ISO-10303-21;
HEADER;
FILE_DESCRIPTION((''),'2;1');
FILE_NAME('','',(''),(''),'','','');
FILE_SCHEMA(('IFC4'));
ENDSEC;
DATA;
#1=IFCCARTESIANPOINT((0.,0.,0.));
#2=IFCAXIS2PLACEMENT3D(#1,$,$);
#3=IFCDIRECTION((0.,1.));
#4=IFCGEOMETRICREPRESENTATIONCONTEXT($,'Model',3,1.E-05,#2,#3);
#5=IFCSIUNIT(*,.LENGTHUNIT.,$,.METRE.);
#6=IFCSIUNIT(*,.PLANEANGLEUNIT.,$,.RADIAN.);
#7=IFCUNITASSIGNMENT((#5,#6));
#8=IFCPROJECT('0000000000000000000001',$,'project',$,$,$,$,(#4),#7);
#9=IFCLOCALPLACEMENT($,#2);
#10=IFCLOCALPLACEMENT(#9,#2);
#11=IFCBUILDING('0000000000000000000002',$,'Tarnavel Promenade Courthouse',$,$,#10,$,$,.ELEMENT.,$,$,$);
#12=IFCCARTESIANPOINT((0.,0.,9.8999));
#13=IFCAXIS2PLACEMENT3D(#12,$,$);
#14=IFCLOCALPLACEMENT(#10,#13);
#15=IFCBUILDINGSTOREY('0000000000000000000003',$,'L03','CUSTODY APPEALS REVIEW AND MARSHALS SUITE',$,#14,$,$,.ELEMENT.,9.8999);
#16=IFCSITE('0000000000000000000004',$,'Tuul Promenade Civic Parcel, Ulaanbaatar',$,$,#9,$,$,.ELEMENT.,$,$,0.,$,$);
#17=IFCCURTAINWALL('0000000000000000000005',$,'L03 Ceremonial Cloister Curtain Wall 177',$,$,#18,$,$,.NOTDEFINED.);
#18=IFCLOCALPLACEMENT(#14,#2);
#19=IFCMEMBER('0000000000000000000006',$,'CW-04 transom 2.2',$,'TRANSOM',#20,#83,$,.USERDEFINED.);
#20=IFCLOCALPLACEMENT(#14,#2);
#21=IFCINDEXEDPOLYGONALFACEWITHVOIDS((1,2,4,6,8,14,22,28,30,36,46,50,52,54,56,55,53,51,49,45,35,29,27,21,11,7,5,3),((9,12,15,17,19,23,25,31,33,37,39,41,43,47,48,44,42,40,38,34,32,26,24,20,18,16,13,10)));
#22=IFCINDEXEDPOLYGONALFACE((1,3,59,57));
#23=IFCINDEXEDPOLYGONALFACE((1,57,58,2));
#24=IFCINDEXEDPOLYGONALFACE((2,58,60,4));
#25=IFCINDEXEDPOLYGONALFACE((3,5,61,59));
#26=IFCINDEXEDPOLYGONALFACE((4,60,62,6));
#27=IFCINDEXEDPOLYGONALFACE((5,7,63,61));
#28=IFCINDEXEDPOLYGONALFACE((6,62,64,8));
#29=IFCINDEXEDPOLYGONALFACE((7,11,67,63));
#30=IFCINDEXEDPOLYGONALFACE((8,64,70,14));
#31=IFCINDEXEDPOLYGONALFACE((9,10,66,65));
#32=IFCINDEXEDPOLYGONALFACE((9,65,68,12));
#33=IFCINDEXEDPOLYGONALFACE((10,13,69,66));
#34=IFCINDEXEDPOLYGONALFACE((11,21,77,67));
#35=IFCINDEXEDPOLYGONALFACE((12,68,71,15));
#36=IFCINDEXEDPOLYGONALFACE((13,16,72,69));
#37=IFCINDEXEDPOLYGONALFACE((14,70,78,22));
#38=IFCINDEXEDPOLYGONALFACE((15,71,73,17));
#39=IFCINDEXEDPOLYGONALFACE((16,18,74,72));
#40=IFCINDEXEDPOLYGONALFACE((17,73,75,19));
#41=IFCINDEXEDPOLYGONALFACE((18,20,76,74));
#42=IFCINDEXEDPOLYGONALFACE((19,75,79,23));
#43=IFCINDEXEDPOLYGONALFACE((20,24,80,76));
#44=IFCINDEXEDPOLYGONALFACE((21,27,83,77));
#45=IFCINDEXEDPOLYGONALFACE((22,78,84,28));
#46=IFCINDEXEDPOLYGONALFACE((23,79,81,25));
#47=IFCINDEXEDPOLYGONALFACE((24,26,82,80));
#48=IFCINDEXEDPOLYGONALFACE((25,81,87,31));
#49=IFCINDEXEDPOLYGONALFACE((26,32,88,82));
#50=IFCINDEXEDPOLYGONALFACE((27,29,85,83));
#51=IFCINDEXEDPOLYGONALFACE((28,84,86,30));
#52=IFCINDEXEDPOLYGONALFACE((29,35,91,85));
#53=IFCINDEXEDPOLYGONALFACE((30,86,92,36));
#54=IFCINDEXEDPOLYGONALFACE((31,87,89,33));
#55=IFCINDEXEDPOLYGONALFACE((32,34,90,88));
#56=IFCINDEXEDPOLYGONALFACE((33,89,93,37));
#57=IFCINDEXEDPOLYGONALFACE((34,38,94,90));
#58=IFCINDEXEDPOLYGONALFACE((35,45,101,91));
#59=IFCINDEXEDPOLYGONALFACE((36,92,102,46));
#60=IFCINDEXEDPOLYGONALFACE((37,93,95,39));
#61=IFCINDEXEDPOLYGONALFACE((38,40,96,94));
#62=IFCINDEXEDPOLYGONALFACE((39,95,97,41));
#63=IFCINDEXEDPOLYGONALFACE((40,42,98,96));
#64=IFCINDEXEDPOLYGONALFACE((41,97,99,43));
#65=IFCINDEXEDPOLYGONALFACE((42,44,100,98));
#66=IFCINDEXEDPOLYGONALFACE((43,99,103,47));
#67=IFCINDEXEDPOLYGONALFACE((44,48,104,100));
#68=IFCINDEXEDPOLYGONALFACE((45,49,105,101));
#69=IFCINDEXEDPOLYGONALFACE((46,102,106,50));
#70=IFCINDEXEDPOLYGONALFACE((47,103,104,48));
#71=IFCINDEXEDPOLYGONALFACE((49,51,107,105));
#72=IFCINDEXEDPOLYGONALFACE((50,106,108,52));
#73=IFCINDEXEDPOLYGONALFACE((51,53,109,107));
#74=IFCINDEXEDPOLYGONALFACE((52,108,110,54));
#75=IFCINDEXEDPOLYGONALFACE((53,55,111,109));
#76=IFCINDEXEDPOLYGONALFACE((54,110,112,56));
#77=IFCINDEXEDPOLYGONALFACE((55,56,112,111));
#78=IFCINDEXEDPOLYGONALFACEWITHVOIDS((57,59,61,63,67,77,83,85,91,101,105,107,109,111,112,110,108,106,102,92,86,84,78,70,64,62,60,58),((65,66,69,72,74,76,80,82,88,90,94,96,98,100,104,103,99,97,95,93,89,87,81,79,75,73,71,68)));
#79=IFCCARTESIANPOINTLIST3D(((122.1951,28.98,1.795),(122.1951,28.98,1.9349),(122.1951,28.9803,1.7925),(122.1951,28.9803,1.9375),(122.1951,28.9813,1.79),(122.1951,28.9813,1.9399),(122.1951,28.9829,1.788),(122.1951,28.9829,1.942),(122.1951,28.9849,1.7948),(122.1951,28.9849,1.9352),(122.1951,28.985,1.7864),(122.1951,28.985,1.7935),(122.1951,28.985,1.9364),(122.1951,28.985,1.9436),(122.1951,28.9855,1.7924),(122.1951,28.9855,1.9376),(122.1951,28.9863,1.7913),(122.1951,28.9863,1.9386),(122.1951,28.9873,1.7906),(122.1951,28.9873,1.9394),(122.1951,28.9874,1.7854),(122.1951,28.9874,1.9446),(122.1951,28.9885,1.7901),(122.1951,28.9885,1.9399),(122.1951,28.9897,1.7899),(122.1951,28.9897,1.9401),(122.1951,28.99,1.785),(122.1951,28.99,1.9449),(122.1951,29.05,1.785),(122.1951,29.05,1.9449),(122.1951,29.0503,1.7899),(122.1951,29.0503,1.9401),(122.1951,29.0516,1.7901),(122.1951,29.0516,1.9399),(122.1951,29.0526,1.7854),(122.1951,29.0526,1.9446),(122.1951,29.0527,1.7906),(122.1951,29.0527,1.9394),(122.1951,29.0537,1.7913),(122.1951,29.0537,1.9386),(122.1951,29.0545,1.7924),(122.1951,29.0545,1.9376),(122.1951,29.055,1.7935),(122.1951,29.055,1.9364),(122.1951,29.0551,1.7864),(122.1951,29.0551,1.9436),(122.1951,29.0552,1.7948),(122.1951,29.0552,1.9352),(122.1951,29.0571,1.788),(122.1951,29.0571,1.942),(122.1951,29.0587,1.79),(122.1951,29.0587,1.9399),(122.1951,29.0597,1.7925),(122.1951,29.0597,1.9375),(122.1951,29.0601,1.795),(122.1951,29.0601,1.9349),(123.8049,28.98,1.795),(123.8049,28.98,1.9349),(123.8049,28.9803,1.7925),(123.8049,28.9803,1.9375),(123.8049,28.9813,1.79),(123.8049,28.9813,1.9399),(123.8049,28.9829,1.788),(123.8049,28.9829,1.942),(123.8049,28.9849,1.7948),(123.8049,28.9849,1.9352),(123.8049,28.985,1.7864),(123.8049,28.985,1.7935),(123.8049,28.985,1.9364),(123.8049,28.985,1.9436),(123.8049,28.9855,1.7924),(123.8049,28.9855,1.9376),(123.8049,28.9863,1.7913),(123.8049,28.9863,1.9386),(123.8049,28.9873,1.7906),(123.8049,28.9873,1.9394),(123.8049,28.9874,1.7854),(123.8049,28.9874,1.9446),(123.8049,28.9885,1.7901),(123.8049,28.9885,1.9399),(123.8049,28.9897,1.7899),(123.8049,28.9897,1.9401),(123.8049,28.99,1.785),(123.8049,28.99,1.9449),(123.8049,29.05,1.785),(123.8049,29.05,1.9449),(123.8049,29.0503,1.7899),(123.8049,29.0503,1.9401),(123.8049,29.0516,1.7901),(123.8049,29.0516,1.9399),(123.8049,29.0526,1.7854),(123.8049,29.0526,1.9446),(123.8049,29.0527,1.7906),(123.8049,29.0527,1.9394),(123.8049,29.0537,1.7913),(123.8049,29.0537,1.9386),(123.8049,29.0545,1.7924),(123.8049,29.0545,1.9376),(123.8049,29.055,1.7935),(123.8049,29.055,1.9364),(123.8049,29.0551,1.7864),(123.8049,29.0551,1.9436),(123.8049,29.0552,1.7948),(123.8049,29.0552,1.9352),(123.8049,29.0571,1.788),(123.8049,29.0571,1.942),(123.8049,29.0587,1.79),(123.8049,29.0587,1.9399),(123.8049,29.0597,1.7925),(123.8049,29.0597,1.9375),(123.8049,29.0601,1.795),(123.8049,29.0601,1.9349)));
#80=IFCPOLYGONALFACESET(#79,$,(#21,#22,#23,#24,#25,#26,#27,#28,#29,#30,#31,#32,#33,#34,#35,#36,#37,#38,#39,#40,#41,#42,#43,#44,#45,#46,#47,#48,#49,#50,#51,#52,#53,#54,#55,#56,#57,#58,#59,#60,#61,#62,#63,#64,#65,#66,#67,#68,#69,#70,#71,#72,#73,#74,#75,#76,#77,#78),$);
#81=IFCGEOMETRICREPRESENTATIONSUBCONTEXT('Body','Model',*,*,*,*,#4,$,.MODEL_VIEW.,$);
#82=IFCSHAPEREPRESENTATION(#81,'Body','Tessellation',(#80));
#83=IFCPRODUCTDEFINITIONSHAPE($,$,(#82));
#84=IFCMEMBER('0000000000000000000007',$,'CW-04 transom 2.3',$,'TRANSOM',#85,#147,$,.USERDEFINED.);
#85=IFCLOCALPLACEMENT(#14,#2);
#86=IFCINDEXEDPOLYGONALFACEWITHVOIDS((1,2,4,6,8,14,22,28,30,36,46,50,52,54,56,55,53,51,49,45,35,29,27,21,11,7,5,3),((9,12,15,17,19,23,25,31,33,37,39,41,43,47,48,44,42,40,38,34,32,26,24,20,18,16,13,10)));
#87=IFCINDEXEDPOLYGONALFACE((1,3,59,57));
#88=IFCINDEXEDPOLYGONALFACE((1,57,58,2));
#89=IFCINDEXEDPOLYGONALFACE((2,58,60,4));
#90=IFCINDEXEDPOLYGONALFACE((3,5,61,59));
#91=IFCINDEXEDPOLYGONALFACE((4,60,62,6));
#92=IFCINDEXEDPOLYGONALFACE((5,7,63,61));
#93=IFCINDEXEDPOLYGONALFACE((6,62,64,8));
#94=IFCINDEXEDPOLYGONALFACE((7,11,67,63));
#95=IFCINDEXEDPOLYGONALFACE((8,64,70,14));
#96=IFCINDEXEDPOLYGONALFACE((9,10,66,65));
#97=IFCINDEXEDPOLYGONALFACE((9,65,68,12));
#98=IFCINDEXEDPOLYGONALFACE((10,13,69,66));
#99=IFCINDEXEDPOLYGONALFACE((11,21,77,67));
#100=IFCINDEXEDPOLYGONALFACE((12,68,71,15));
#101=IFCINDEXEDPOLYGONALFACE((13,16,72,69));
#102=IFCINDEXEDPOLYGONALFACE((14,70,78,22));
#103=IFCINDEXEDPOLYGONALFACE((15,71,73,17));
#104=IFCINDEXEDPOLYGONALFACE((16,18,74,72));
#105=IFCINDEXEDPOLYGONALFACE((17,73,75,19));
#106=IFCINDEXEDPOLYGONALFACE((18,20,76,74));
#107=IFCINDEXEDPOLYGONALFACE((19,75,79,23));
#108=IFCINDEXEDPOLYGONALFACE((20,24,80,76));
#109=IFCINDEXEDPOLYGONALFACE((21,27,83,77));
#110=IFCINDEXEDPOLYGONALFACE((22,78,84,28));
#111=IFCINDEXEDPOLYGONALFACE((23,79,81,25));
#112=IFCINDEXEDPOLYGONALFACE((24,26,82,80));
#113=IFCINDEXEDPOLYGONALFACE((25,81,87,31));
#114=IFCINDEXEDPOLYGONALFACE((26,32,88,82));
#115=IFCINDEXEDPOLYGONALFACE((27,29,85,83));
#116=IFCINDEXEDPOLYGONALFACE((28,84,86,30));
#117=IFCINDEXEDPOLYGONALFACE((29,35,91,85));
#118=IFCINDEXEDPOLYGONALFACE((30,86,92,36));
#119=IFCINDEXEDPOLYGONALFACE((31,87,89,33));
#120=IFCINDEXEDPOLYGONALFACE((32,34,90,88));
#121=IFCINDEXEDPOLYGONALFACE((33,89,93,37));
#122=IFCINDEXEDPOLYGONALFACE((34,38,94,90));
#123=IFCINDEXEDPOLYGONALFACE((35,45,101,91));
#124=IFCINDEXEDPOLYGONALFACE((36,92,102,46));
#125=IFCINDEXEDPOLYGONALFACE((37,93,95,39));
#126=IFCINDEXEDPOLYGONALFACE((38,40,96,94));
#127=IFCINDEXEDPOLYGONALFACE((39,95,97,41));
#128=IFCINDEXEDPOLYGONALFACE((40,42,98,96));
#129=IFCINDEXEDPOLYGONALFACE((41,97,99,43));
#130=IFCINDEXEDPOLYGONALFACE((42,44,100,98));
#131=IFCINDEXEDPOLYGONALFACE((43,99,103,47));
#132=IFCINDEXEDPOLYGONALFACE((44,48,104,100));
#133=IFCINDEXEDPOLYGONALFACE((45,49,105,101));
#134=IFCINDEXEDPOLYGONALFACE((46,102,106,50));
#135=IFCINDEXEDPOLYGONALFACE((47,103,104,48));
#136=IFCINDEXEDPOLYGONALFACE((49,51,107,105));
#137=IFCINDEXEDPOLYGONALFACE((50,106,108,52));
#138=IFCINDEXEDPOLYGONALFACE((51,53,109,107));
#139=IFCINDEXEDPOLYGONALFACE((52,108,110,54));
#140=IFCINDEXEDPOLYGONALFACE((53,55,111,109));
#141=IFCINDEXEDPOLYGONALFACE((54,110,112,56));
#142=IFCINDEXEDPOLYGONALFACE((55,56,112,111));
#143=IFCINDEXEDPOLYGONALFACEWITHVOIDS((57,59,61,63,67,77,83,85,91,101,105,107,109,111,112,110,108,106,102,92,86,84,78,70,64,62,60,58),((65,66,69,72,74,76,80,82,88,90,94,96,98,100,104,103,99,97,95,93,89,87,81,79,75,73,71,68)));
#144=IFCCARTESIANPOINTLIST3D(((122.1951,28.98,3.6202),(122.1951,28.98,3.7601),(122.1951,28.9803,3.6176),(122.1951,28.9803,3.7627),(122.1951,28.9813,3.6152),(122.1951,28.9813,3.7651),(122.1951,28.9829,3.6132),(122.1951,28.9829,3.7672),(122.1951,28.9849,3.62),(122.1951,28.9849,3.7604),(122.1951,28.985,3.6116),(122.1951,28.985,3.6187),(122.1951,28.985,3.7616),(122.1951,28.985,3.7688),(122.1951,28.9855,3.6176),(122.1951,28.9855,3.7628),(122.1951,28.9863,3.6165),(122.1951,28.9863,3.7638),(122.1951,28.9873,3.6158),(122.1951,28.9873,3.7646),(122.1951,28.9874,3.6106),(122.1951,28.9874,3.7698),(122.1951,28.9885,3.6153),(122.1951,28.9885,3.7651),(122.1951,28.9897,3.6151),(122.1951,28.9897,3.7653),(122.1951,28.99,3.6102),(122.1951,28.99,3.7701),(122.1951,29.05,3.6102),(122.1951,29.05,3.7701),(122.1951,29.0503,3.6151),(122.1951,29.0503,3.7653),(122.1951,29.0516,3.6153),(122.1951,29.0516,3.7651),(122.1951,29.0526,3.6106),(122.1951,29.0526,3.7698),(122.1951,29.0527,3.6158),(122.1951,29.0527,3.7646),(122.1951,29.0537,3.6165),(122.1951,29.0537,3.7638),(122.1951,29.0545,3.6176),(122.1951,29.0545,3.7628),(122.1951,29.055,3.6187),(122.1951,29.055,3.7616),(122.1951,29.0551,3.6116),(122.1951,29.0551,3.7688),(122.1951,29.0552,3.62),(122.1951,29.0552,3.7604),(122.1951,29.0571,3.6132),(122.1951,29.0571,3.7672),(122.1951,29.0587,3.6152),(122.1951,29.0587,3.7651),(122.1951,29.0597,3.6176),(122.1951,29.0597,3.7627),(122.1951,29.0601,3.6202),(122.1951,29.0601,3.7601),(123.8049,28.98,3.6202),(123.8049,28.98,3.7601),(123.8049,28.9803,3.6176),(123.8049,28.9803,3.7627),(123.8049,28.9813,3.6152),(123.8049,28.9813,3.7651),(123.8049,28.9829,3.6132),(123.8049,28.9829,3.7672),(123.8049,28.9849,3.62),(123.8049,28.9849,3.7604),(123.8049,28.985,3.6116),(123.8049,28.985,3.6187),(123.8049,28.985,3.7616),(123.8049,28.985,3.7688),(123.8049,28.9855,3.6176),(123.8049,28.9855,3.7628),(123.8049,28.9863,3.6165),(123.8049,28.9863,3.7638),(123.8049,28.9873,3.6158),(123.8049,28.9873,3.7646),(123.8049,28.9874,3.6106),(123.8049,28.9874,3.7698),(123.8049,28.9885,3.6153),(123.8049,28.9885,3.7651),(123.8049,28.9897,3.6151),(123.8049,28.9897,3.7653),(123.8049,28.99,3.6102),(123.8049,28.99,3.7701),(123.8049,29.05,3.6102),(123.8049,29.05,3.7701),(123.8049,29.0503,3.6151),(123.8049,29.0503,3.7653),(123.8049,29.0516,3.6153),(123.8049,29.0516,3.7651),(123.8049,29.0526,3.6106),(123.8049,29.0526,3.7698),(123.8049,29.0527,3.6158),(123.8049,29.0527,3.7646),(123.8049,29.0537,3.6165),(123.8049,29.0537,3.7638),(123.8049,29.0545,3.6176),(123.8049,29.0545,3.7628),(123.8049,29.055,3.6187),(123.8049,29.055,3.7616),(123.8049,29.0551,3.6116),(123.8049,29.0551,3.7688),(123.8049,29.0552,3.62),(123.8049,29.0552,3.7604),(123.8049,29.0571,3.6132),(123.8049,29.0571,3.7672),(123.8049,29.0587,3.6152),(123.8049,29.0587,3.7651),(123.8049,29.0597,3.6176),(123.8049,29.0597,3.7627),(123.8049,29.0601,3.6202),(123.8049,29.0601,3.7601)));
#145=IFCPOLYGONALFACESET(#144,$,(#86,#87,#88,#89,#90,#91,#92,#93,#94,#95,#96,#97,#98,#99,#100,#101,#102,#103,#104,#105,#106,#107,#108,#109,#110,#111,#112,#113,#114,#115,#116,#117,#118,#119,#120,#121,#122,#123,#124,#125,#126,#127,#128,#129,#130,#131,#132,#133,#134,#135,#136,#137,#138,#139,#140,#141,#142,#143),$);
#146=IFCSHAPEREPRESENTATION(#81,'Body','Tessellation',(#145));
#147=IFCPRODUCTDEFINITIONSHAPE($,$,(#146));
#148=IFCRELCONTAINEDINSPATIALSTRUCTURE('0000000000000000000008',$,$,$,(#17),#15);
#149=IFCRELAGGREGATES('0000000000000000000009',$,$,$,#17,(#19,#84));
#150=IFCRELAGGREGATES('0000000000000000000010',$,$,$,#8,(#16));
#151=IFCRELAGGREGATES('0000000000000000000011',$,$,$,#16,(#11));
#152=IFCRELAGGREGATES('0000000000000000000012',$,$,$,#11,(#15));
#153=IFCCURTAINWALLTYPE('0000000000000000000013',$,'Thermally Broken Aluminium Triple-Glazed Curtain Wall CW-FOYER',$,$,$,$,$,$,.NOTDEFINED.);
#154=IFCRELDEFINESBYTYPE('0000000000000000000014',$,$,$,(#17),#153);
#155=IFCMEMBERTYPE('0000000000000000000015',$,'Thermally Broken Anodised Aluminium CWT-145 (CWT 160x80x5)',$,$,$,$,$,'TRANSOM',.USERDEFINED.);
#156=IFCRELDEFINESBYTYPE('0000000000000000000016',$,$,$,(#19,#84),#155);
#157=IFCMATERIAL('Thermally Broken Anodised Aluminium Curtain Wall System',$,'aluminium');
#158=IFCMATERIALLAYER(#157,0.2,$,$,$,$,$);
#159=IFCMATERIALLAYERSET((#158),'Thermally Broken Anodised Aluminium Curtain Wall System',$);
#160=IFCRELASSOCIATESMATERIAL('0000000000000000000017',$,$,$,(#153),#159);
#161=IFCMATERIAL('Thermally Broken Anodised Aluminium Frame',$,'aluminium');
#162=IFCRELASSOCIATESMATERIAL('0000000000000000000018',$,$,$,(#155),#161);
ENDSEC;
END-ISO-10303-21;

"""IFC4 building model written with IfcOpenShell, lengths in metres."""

from ifc_helpers import new_model, si_unit, direction, frame, origin, origin_2d, place, context, subcontext, project, spatial, hollow_rectangle, extrude, material, layer, layer_set, material_profile, profile_set, type_object, element, aggregate, save


model = new_model("IFC4")

# Units and contexts
model_context = context("Model", 3, precision=1e-05, world=origin(), true_north=direction((0.0, 1.0)))
body_context = subcontext(model_context, "Body", "Model", "MODEL_VIEW")
ifc_project = project(units=[si_unit("LENGTHUNIT", "METRE"), si_unit("PLANEANGLEUNIT", "RADIAN")], contexts=[model_context])

# Site, building, storey
site_placement = place(None, origin())
site = spatial("IfcSite", under=ifc_project, at=site_placement, Name="Tuul Promenade Civic Parcel, Ulaanbaatar", CompositionType="ELEMENT", RefElevation=0.0)
building_placement = place(site_placement, origin())
building = spatial("IfcBuilding", under=site, at=building_placement, Name="Tarnavel Promenade Courthouse", CompositionType="ELEMENT")
storey_placement = place(building_placement, frame((0.0, 0.0, 9.8999)))
storey = spatial("IfcBuildingStorey", under=building, at=storey_placement, Name="L03", Description="CUSTODY APPEALS REVIEW AND MARSHALS SUITE", CompositionType="ELEMENT", Elevation=9.8999)

# Curtain wall, members
ifc_material_1 = material(Name="Thermally Broken Anodised Aluminium Curtain Wall System", Category="aluminium")
ifc_layer_1 = layer(ifc_material_1, 0.2)
ifc_layer_set_1 = layer_set([ifc_layer_1], Name="Thermally Broken Anodised Aluminium Curtain Wall System")
curtain_wall_type = type_object("IfcCurtainWallType", Name="Thermally Broken Aluminium Triple-Glazed Curtain Wall CW-FOYER", PredefinedType="NOTDEFINED", material=ifc_layer_set_1)
curtain_wall_placement = place(storey_placement, origin())
curtain_wall = element("IfcCurtainWall", 1, at=curtain_wall_placement, inside=storey, type_object=curtain_wall_type, Name="L03 Ceremonial Cloister Curtain Wall 177", PredefinedType="NOTDEFINED")
ifc_material_2 = material(Name="Thermally Broken Anodised Aluminium Frame", Category="aluminium")
ifc_material_profile_1 = material_profile(ifc_material_2, hollow_rectangle(XDim=0.0801, YDim=0.1599, WallThickness=0.0049, InnerFilletRadius=0.0049, OuterFilletRadius=0.01, at=origin_2d()), Name="CWT 160x80x5")
ifc_profile_set_1 = profile_set([ifc_material_profile_1], Name="Thermally Broken Anodised Aluminium Frame")
member_type_1 = type_object("IfcMemberType", Name="Thermally Broken Anodised Aluminium CWT-145 (CWT 160x80x5)", ElementType="TRANSOM", PredefinedType="USERDEFINED", material=ifc_profile_set_1)
member_1_placement = place(storey_placement, frame((122.1951, 29.02, 1.865), z_axis=(1.0, 0.0, 0.0), x_axis=(0.0, 1.0, 0.0)))
member_1 = element("IfcMember", 2, at=member_1_placement, type_object=member_type_1, Name="CW-04 transom 2.2", ObjectType="TRANSOM", PredefinedType="USERDEFINED", context=body_context, shape_type="SweptSolid", body=[
    extrude(hollow_rectangle(XDim=0.0801, YDim=0.1599, WallThickness=0.0049, InnerFilletRadius=0.0049, OuterFilletRadius=0.01, at=origin_2d()), origin(), (0.0, 0.0, 1.0), 1.6099),
])
member_2_placement = place(storey_placement, frame((122.1951, 29.02, 3.6902), z_axis=(1.0, 0.0, 0.0), x_axis=(0.0, 1.0, 0.0)))
member_2 = element("IfcMember", 3, at=member_2_placement, type_object=member_type_1, Name="CW-04 transom 2.3", ObjectType="TRANSOM", PredefinedType="USERDEFINED", context=body_context, shape_type="SweptSolid", body=[
    extrude(hollow_rectangle(XDim=0.0801, YDim=0.1599, WallThickness=0.0049, InnerFilletRadius=0.0049, OuterFilletRadius=0.01, at=origin_2d()), origin(), (0.0, 0.0, 1.0), 1.6099),
])
aggregate(curtain_wall, [member_1, member_2])

save(model, "model.ifc")
